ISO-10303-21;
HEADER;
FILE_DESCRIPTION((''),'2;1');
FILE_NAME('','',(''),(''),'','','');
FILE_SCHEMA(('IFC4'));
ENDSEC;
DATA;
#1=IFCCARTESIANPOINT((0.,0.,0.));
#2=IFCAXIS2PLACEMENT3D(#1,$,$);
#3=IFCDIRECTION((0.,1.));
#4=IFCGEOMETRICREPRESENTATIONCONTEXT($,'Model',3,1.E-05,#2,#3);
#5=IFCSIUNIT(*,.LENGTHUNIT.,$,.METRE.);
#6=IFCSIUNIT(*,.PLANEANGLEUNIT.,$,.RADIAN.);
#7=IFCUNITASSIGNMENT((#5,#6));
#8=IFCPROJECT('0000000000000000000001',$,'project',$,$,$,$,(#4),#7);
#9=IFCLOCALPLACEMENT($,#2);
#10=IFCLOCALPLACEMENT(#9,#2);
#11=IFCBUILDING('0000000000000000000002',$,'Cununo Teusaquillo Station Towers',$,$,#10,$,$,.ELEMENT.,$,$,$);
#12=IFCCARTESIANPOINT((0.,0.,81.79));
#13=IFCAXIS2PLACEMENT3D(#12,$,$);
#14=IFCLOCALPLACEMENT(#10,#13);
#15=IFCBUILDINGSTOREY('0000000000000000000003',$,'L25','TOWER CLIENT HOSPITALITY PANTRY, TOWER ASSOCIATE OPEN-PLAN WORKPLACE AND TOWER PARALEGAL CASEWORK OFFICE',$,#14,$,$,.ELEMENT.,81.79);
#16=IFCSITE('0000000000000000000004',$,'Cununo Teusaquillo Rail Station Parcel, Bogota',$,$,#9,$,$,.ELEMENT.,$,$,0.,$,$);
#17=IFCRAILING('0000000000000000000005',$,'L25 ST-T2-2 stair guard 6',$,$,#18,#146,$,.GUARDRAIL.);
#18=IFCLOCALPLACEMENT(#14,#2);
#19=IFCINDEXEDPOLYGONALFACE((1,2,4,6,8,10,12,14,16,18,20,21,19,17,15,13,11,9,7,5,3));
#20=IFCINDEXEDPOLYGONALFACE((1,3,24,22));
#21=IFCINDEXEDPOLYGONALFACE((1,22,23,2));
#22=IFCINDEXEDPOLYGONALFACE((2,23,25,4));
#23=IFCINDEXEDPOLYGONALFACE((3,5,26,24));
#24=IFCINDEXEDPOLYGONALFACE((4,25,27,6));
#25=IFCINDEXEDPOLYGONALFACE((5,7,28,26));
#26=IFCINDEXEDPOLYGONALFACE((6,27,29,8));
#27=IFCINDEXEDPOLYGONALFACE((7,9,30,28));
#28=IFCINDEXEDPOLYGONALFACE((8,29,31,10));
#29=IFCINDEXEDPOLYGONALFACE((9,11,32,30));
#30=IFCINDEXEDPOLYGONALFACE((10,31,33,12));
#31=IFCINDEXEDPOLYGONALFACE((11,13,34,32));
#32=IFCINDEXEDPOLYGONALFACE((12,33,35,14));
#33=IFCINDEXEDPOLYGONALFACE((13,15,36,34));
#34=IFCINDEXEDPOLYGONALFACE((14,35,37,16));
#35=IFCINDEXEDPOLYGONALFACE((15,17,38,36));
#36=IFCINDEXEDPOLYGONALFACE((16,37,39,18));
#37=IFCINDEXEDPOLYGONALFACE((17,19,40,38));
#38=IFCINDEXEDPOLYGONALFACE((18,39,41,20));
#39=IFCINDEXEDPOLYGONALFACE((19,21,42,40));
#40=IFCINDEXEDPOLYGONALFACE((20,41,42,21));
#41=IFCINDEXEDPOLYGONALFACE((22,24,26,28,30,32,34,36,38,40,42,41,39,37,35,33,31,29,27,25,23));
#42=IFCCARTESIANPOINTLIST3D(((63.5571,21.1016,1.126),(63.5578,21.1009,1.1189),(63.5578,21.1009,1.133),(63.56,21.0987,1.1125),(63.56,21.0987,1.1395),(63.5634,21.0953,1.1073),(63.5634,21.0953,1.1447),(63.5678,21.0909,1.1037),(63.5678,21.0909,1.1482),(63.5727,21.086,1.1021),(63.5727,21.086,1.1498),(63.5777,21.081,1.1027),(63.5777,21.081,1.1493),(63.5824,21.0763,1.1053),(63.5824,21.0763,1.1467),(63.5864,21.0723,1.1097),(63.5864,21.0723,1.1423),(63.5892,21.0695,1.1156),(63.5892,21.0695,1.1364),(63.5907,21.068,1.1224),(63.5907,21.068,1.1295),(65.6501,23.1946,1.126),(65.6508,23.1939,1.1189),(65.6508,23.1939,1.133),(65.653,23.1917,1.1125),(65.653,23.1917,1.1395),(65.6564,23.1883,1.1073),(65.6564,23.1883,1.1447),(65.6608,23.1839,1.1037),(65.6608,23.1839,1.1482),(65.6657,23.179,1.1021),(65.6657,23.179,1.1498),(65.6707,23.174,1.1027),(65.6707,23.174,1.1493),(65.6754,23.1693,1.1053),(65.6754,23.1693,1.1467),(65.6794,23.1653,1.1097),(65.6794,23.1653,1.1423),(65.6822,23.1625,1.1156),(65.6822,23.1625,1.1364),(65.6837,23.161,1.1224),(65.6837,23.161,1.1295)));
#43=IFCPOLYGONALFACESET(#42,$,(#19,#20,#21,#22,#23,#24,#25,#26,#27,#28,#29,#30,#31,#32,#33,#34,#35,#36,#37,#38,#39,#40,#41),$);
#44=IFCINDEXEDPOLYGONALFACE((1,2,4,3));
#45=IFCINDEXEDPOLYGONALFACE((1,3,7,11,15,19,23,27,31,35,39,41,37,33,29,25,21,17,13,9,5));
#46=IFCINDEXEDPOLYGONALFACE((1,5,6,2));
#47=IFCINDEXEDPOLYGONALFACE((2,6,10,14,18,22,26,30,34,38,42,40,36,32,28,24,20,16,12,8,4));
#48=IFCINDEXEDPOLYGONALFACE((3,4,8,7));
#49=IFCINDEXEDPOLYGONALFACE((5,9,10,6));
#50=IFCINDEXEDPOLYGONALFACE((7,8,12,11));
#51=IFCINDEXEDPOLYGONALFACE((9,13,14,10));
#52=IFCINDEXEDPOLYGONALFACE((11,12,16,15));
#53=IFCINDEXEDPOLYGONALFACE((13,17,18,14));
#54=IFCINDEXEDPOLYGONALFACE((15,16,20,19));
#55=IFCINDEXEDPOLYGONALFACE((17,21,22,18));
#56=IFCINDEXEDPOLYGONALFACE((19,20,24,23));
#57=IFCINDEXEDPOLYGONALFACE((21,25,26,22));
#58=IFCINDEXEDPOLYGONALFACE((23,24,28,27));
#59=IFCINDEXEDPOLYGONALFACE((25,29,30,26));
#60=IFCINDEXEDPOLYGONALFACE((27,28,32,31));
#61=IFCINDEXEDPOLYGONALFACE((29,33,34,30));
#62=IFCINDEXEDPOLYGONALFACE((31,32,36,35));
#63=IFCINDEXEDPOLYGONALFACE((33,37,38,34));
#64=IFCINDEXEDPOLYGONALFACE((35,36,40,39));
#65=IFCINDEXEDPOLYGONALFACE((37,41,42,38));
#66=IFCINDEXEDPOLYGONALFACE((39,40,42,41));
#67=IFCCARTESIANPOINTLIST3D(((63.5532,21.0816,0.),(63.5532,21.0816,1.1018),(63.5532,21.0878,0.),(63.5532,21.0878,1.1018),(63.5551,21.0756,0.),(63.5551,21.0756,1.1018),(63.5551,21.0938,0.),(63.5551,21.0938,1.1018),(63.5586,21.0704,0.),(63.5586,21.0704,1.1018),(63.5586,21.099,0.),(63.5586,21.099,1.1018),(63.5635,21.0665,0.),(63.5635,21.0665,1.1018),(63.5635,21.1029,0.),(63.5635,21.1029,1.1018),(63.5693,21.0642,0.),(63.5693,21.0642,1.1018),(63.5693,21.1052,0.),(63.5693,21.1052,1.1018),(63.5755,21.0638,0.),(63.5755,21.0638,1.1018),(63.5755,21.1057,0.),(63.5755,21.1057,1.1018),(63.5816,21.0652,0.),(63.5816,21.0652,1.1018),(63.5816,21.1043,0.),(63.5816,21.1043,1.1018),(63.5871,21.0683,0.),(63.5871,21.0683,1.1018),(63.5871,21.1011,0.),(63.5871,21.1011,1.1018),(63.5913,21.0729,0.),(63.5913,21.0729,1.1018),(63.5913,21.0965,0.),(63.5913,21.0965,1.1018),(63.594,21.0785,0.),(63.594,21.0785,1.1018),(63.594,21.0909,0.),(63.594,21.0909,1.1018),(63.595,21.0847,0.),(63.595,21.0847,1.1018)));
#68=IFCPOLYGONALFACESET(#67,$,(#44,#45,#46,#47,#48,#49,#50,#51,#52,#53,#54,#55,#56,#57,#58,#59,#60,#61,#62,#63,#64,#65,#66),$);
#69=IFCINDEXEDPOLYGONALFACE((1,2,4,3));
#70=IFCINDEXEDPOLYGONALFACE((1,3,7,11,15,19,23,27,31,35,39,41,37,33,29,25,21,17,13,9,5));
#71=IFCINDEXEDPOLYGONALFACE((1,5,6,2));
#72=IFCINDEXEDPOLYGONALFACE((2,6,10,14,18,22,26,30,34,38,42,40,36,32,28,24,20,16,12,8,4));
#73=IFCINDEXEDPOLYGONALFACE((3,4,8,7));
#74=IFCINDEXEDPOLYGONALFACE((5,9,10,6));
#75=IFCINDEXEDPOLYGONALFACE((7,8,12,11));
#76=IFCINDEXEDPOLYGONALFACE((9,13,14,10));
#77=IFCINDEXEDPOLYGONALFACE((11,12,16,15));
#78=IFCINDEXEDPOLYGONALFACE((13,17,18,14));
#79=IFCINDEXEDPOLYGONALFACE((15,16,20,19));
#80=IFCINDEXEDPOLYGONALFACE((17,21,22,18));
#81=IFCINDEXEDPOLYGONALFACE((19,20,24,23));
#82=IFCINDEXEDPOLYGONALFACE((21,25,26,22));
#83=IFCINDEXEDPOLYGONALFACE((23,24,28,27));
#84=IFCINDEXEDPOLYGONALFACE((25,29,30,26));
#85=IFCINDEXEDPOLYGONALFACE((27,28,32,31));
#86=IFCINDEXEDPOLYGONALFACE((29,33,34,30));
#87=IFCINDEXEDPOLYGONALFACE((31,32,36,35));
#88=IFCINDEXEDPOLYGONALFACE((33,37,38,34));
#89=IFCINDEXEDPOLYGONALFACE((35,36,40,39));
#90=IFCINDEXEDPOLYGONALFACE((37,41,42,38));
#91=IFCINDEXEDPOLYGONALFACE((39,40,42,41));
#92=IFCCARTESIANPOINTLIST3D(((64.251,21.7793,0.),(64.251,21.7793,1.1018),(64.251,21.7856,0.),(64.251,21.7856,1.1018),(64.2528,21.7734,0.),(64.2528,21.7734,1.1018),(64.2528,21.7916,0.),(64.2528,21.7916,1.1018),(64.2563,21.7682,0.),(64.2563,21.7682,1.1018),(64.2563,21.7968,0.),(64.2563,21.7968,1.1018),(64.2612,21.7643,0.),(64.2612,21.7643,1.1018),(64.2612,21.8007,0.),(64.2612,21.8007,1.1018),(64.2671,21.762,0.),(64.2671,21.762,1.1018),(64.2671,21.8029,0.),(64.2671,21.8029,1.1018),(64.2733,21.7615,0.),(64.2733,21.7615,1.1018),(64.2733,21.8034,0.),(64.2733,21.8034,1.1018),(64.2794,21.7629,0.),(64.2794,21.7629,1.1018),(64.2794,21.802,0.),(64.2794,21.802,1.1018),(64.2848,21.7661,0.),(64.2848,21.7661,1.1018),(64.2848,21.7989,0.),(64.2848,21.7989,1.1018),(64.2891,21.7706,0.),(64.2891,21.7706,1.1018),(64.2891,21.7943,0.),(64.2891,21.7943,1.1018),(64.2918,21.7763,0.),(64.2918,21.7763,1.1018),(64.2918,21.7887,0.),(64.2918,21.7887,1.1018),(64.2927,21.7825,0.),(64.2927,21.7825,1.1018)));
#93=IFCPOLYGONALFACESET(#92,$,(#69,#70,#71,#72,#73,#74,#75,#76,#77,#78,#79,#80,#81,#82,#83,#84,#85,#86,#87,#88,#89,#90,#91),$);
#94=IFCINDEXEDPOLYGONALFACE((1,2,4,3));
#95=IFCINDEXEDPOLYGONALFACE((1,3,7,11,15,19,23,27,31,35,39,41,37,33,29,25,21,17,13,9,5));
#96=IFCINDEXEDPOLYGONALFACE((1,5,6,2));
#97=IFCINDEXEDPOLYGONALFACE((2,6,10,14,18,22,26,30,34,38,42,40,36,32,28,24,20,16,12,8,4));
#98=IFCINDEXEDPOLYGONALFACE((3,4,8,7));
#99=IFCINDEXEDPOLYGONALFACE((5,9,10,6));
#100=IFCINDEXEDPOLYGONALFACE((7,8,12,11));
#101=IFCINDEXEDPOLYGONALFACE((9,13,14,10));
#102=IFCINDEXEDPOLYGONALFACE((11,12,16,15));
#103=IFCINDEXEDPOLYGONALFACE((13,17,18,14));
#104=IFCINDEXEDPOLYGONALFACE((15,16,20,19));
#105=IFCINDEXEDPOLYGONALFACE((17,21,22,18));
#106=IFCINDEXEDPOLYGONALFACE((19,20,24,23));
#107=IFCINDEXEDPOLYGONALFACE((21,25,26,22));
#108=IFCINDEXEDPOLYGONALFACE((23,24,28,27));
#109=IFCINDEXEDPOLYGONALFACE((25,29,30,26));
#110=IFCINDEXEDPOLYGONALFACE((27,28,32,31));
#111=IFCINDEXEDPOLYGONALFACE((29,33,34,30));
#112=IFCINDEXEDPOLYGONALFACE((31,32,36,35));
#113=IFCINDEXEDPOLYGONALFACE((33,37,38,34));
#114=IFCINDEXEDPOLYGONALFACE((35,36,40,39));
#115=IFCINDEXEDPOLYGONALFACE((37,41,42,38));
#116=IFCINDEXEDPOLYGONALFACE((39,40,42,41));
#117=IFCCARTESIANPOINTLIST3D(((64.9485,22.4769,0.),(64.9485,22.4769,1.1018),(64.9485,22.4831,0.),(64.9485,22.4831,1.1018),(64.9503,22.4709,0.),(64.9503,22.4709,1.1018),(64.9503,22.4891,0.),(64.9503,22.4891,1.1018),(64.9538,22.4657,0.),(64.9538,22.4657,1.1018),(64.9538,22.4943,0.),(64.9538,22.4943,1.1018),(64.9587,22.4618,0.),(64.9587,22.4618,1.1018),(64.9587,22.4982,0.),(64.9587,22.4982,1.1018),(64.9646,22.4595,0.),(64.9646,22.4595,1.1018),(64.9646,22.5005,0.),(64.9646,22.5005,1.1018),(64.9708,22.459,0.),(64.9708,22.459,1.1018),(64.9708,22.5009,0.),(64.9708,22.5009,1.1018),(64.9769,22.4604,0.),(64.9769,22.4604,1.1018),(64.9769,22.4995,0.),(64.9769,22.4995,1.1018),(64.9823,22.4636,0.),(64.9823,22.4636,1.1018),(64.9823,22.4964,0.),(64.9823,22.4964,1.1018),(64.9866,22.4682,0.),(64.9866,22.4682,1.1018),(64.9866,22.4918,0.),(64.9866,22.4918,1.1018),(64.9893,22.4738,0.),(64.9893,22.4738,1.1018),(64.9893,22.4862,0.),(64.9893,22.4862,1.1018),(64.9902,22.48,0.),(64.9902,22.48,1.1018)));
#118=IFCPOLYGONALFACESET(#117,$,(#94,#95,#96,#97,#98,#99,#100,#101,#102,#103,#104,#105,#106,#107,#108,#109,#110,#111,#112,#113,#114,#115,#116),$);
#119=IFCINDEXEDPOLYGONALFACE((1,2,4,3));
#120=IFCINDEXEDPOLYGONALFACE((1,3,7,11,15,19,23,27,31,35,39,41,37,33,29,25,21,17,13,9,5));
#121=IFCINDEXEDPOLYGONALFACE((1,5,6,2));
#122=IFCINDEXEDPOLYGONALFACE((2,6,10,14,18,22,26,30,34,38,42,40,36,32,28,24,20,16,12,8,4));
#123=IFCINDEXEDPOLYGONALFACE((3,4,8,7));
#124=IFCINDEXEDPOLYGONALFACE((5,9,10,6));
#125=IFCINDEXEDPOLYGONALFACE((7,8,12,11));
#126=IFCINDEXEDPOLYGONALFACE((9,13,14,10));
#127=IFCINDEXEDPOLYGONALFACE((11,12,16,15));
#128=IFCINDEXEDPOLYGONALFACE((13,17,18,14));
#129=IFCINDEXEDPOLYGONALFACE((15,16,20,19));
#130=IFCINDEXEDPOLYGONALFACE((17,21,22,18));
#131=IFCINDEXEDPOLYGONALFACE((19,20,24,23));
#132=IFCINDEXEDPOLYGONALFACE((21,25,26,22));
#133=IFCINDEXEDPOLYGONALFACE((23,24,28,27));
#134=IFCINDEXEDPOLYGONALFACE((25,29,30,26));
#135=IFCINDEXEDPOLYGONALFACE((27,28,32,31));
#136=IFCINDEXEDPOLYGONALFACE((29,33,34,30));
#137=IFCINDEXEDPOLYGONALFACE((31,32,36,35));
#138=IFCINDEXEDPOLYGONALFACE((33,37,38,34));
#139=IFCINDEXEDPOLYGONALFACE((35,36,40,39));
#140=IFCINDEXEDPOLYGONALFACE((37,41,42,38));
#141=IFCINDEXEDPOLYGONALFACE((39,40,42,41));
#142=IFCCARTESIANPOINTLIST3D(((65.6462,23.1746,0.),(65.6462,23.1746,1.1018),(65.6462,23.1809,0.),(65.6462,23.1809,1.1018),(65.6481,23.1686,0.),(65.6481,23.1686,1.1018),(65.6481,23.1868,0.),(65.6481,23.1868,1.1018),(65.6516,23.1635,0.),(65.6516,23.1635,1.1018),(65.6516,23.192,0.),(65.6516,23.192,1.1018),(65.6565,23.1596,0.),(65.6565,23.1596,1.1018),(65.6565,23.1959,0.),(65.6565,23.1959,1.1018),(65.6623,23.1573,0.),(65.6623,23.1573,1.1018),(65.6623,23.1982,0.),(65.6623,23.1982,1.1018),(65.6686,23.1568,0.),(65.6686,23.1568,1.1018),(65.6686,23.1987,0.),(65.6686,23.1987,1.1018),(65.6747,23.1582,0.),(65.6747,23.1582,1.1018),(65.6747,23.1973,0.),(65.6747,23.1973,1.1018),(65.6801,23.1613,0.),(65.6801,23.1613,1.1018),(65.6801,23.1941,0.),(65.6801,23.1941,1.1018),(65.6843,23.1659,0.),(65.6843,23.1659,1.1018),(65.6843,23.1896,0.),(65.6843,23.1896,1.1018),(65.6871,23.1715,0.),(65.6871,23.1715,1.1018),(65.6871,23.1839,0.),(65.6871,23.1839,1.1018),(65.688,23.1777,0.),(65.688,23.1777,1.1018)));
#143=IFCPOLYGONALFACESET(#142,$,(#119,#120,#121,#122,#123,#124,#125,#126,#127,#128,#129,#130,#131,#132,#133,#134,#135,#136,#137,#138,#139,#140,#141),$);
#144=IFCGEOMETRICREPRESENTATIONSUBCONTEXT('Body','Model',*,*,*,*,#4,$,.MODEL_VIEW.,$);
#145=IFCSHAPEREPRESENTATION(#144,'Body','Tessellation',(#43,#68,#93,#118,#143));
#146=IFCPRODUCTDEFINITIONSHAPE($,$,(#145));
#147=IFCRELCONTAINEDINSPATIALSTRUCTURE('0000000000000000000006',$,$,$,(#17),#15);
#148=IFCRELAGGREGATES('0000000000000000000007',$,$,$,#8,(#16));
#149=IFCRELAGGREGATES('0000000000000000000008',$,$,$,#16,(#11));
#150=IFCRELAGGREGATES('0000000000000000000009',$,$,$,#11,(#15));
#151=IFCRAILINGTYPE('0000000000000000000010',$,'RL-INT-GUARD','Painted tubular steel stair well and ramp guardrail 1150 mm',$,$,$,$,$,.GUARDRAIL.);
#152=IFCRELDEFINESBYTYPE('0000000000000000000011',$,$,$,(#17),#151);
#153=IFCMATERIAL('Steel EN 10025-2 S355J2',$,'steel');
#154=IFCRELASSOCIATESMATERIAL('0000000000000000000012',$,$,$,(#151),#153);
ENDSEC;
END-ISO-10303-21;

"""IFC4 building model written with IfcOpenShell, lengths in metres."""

from ifc_helpers import new_model, si_unit, direction, frame, origin, origin_2d, place, context, subcontext, project, spatial, circle, extrude, material, type_object, element, save


model = new_model("IFC4")

# Units and contexts
model_context = context("Model", 3, precision=1e-05, world=origin(), true_north=direction((0.0, 1.0)))
body_context = subcontext(model_context, "Body", "Model", "MODEL_VIEW")
ifc_project = project(units=[si_unit("LENGTHUNIT", "METRE"), si_unit("PLANEANGLEUNIT", "RADIAN")], contexts=[model_context])

# Site, building, storey
site_placement = place(None, origin())
site = spatial("IfcSite", under=ifc_project, at=site_placement, Name="Cununo Teusaquillo Rail Station Parcel, Bogota", CompositionType="ELEMENT", RefElevation=0.0)
building_placement = place(site_placement, origin())
building = spatial("IfcBuilding", under=site, at=building_placement, Name="Cununo Teusaquillo Station Towers", CompositionType="ELEMENT")
storey_placement = place(building_placement, frame((0.0, 0.0, 81.79)))
storey = spatial("IfcBuildingStorey", under=building, at=storey_placement, Name="L25", Description="TOWER CLIENT HOSPITALITY PANTRY, TOWER ASSOCIATE OPEN-PLAN WORKPLACE AND TOWER PARALEGAL CASEWORK OFFICE", CompositionType="ELEMENT", Elevation=81.79)

# Railing
ifc_material_1 = material(Name="Steel EN 10025-2 S355J2", Category="steel")
railing_type = type_object("IfcRailingType", Name="RL-INT-GUARD", Description="Painted tubular steel stair well and ramp guardrail 1150 mm", PredefinedType="GUARDRAIL", material=ifc_material_1)
railing_1_placement = place(storey_placement, frame((63.574, 21.0847, 0.0)))
element("IfcRailing", 1, at=railing_1_placement, inside=storey, type_object=railing_type, Name="L25 ST-T2-2 stair guard 6", PredefinedType="GUARDRAIL", context=body_context, shape_type="SweptSolid", body=[
    extrude(circle(Radius=0.0239, at=origin_2d()), frame((0.0, 0.0, 1.126), z_axis=(0.707107, 0.707107, 0.0), x_axis=(-0.707107, 0.707107, 0.0)), (0.0, 0.0, 1.0), 2.96),
    extrude(circle(Radius=0.021, at=origin_2d()), origin(), (0.0, 0.0, 1.0), 1.1018),
    extrude(circle(Radius=0.021, at=origin_2d()), frame((0.6978, 0.6978, 0.0)), (0.0, 0.0, 1.0), 1.1018),
    extrude(circle(Radius=0.021, at=origin_2d()), frame((1.3953, 1.3953, 0.0)), (0.0, 0.0, 1.0), 1.1018),
    extrude(circle(Radius=0.021, at=origin_2d()), frame((2.093, 2.093, 0.0)), (0.0, 0.0, 1.0), 1.1018),
])

save(model, "model.ifc")
